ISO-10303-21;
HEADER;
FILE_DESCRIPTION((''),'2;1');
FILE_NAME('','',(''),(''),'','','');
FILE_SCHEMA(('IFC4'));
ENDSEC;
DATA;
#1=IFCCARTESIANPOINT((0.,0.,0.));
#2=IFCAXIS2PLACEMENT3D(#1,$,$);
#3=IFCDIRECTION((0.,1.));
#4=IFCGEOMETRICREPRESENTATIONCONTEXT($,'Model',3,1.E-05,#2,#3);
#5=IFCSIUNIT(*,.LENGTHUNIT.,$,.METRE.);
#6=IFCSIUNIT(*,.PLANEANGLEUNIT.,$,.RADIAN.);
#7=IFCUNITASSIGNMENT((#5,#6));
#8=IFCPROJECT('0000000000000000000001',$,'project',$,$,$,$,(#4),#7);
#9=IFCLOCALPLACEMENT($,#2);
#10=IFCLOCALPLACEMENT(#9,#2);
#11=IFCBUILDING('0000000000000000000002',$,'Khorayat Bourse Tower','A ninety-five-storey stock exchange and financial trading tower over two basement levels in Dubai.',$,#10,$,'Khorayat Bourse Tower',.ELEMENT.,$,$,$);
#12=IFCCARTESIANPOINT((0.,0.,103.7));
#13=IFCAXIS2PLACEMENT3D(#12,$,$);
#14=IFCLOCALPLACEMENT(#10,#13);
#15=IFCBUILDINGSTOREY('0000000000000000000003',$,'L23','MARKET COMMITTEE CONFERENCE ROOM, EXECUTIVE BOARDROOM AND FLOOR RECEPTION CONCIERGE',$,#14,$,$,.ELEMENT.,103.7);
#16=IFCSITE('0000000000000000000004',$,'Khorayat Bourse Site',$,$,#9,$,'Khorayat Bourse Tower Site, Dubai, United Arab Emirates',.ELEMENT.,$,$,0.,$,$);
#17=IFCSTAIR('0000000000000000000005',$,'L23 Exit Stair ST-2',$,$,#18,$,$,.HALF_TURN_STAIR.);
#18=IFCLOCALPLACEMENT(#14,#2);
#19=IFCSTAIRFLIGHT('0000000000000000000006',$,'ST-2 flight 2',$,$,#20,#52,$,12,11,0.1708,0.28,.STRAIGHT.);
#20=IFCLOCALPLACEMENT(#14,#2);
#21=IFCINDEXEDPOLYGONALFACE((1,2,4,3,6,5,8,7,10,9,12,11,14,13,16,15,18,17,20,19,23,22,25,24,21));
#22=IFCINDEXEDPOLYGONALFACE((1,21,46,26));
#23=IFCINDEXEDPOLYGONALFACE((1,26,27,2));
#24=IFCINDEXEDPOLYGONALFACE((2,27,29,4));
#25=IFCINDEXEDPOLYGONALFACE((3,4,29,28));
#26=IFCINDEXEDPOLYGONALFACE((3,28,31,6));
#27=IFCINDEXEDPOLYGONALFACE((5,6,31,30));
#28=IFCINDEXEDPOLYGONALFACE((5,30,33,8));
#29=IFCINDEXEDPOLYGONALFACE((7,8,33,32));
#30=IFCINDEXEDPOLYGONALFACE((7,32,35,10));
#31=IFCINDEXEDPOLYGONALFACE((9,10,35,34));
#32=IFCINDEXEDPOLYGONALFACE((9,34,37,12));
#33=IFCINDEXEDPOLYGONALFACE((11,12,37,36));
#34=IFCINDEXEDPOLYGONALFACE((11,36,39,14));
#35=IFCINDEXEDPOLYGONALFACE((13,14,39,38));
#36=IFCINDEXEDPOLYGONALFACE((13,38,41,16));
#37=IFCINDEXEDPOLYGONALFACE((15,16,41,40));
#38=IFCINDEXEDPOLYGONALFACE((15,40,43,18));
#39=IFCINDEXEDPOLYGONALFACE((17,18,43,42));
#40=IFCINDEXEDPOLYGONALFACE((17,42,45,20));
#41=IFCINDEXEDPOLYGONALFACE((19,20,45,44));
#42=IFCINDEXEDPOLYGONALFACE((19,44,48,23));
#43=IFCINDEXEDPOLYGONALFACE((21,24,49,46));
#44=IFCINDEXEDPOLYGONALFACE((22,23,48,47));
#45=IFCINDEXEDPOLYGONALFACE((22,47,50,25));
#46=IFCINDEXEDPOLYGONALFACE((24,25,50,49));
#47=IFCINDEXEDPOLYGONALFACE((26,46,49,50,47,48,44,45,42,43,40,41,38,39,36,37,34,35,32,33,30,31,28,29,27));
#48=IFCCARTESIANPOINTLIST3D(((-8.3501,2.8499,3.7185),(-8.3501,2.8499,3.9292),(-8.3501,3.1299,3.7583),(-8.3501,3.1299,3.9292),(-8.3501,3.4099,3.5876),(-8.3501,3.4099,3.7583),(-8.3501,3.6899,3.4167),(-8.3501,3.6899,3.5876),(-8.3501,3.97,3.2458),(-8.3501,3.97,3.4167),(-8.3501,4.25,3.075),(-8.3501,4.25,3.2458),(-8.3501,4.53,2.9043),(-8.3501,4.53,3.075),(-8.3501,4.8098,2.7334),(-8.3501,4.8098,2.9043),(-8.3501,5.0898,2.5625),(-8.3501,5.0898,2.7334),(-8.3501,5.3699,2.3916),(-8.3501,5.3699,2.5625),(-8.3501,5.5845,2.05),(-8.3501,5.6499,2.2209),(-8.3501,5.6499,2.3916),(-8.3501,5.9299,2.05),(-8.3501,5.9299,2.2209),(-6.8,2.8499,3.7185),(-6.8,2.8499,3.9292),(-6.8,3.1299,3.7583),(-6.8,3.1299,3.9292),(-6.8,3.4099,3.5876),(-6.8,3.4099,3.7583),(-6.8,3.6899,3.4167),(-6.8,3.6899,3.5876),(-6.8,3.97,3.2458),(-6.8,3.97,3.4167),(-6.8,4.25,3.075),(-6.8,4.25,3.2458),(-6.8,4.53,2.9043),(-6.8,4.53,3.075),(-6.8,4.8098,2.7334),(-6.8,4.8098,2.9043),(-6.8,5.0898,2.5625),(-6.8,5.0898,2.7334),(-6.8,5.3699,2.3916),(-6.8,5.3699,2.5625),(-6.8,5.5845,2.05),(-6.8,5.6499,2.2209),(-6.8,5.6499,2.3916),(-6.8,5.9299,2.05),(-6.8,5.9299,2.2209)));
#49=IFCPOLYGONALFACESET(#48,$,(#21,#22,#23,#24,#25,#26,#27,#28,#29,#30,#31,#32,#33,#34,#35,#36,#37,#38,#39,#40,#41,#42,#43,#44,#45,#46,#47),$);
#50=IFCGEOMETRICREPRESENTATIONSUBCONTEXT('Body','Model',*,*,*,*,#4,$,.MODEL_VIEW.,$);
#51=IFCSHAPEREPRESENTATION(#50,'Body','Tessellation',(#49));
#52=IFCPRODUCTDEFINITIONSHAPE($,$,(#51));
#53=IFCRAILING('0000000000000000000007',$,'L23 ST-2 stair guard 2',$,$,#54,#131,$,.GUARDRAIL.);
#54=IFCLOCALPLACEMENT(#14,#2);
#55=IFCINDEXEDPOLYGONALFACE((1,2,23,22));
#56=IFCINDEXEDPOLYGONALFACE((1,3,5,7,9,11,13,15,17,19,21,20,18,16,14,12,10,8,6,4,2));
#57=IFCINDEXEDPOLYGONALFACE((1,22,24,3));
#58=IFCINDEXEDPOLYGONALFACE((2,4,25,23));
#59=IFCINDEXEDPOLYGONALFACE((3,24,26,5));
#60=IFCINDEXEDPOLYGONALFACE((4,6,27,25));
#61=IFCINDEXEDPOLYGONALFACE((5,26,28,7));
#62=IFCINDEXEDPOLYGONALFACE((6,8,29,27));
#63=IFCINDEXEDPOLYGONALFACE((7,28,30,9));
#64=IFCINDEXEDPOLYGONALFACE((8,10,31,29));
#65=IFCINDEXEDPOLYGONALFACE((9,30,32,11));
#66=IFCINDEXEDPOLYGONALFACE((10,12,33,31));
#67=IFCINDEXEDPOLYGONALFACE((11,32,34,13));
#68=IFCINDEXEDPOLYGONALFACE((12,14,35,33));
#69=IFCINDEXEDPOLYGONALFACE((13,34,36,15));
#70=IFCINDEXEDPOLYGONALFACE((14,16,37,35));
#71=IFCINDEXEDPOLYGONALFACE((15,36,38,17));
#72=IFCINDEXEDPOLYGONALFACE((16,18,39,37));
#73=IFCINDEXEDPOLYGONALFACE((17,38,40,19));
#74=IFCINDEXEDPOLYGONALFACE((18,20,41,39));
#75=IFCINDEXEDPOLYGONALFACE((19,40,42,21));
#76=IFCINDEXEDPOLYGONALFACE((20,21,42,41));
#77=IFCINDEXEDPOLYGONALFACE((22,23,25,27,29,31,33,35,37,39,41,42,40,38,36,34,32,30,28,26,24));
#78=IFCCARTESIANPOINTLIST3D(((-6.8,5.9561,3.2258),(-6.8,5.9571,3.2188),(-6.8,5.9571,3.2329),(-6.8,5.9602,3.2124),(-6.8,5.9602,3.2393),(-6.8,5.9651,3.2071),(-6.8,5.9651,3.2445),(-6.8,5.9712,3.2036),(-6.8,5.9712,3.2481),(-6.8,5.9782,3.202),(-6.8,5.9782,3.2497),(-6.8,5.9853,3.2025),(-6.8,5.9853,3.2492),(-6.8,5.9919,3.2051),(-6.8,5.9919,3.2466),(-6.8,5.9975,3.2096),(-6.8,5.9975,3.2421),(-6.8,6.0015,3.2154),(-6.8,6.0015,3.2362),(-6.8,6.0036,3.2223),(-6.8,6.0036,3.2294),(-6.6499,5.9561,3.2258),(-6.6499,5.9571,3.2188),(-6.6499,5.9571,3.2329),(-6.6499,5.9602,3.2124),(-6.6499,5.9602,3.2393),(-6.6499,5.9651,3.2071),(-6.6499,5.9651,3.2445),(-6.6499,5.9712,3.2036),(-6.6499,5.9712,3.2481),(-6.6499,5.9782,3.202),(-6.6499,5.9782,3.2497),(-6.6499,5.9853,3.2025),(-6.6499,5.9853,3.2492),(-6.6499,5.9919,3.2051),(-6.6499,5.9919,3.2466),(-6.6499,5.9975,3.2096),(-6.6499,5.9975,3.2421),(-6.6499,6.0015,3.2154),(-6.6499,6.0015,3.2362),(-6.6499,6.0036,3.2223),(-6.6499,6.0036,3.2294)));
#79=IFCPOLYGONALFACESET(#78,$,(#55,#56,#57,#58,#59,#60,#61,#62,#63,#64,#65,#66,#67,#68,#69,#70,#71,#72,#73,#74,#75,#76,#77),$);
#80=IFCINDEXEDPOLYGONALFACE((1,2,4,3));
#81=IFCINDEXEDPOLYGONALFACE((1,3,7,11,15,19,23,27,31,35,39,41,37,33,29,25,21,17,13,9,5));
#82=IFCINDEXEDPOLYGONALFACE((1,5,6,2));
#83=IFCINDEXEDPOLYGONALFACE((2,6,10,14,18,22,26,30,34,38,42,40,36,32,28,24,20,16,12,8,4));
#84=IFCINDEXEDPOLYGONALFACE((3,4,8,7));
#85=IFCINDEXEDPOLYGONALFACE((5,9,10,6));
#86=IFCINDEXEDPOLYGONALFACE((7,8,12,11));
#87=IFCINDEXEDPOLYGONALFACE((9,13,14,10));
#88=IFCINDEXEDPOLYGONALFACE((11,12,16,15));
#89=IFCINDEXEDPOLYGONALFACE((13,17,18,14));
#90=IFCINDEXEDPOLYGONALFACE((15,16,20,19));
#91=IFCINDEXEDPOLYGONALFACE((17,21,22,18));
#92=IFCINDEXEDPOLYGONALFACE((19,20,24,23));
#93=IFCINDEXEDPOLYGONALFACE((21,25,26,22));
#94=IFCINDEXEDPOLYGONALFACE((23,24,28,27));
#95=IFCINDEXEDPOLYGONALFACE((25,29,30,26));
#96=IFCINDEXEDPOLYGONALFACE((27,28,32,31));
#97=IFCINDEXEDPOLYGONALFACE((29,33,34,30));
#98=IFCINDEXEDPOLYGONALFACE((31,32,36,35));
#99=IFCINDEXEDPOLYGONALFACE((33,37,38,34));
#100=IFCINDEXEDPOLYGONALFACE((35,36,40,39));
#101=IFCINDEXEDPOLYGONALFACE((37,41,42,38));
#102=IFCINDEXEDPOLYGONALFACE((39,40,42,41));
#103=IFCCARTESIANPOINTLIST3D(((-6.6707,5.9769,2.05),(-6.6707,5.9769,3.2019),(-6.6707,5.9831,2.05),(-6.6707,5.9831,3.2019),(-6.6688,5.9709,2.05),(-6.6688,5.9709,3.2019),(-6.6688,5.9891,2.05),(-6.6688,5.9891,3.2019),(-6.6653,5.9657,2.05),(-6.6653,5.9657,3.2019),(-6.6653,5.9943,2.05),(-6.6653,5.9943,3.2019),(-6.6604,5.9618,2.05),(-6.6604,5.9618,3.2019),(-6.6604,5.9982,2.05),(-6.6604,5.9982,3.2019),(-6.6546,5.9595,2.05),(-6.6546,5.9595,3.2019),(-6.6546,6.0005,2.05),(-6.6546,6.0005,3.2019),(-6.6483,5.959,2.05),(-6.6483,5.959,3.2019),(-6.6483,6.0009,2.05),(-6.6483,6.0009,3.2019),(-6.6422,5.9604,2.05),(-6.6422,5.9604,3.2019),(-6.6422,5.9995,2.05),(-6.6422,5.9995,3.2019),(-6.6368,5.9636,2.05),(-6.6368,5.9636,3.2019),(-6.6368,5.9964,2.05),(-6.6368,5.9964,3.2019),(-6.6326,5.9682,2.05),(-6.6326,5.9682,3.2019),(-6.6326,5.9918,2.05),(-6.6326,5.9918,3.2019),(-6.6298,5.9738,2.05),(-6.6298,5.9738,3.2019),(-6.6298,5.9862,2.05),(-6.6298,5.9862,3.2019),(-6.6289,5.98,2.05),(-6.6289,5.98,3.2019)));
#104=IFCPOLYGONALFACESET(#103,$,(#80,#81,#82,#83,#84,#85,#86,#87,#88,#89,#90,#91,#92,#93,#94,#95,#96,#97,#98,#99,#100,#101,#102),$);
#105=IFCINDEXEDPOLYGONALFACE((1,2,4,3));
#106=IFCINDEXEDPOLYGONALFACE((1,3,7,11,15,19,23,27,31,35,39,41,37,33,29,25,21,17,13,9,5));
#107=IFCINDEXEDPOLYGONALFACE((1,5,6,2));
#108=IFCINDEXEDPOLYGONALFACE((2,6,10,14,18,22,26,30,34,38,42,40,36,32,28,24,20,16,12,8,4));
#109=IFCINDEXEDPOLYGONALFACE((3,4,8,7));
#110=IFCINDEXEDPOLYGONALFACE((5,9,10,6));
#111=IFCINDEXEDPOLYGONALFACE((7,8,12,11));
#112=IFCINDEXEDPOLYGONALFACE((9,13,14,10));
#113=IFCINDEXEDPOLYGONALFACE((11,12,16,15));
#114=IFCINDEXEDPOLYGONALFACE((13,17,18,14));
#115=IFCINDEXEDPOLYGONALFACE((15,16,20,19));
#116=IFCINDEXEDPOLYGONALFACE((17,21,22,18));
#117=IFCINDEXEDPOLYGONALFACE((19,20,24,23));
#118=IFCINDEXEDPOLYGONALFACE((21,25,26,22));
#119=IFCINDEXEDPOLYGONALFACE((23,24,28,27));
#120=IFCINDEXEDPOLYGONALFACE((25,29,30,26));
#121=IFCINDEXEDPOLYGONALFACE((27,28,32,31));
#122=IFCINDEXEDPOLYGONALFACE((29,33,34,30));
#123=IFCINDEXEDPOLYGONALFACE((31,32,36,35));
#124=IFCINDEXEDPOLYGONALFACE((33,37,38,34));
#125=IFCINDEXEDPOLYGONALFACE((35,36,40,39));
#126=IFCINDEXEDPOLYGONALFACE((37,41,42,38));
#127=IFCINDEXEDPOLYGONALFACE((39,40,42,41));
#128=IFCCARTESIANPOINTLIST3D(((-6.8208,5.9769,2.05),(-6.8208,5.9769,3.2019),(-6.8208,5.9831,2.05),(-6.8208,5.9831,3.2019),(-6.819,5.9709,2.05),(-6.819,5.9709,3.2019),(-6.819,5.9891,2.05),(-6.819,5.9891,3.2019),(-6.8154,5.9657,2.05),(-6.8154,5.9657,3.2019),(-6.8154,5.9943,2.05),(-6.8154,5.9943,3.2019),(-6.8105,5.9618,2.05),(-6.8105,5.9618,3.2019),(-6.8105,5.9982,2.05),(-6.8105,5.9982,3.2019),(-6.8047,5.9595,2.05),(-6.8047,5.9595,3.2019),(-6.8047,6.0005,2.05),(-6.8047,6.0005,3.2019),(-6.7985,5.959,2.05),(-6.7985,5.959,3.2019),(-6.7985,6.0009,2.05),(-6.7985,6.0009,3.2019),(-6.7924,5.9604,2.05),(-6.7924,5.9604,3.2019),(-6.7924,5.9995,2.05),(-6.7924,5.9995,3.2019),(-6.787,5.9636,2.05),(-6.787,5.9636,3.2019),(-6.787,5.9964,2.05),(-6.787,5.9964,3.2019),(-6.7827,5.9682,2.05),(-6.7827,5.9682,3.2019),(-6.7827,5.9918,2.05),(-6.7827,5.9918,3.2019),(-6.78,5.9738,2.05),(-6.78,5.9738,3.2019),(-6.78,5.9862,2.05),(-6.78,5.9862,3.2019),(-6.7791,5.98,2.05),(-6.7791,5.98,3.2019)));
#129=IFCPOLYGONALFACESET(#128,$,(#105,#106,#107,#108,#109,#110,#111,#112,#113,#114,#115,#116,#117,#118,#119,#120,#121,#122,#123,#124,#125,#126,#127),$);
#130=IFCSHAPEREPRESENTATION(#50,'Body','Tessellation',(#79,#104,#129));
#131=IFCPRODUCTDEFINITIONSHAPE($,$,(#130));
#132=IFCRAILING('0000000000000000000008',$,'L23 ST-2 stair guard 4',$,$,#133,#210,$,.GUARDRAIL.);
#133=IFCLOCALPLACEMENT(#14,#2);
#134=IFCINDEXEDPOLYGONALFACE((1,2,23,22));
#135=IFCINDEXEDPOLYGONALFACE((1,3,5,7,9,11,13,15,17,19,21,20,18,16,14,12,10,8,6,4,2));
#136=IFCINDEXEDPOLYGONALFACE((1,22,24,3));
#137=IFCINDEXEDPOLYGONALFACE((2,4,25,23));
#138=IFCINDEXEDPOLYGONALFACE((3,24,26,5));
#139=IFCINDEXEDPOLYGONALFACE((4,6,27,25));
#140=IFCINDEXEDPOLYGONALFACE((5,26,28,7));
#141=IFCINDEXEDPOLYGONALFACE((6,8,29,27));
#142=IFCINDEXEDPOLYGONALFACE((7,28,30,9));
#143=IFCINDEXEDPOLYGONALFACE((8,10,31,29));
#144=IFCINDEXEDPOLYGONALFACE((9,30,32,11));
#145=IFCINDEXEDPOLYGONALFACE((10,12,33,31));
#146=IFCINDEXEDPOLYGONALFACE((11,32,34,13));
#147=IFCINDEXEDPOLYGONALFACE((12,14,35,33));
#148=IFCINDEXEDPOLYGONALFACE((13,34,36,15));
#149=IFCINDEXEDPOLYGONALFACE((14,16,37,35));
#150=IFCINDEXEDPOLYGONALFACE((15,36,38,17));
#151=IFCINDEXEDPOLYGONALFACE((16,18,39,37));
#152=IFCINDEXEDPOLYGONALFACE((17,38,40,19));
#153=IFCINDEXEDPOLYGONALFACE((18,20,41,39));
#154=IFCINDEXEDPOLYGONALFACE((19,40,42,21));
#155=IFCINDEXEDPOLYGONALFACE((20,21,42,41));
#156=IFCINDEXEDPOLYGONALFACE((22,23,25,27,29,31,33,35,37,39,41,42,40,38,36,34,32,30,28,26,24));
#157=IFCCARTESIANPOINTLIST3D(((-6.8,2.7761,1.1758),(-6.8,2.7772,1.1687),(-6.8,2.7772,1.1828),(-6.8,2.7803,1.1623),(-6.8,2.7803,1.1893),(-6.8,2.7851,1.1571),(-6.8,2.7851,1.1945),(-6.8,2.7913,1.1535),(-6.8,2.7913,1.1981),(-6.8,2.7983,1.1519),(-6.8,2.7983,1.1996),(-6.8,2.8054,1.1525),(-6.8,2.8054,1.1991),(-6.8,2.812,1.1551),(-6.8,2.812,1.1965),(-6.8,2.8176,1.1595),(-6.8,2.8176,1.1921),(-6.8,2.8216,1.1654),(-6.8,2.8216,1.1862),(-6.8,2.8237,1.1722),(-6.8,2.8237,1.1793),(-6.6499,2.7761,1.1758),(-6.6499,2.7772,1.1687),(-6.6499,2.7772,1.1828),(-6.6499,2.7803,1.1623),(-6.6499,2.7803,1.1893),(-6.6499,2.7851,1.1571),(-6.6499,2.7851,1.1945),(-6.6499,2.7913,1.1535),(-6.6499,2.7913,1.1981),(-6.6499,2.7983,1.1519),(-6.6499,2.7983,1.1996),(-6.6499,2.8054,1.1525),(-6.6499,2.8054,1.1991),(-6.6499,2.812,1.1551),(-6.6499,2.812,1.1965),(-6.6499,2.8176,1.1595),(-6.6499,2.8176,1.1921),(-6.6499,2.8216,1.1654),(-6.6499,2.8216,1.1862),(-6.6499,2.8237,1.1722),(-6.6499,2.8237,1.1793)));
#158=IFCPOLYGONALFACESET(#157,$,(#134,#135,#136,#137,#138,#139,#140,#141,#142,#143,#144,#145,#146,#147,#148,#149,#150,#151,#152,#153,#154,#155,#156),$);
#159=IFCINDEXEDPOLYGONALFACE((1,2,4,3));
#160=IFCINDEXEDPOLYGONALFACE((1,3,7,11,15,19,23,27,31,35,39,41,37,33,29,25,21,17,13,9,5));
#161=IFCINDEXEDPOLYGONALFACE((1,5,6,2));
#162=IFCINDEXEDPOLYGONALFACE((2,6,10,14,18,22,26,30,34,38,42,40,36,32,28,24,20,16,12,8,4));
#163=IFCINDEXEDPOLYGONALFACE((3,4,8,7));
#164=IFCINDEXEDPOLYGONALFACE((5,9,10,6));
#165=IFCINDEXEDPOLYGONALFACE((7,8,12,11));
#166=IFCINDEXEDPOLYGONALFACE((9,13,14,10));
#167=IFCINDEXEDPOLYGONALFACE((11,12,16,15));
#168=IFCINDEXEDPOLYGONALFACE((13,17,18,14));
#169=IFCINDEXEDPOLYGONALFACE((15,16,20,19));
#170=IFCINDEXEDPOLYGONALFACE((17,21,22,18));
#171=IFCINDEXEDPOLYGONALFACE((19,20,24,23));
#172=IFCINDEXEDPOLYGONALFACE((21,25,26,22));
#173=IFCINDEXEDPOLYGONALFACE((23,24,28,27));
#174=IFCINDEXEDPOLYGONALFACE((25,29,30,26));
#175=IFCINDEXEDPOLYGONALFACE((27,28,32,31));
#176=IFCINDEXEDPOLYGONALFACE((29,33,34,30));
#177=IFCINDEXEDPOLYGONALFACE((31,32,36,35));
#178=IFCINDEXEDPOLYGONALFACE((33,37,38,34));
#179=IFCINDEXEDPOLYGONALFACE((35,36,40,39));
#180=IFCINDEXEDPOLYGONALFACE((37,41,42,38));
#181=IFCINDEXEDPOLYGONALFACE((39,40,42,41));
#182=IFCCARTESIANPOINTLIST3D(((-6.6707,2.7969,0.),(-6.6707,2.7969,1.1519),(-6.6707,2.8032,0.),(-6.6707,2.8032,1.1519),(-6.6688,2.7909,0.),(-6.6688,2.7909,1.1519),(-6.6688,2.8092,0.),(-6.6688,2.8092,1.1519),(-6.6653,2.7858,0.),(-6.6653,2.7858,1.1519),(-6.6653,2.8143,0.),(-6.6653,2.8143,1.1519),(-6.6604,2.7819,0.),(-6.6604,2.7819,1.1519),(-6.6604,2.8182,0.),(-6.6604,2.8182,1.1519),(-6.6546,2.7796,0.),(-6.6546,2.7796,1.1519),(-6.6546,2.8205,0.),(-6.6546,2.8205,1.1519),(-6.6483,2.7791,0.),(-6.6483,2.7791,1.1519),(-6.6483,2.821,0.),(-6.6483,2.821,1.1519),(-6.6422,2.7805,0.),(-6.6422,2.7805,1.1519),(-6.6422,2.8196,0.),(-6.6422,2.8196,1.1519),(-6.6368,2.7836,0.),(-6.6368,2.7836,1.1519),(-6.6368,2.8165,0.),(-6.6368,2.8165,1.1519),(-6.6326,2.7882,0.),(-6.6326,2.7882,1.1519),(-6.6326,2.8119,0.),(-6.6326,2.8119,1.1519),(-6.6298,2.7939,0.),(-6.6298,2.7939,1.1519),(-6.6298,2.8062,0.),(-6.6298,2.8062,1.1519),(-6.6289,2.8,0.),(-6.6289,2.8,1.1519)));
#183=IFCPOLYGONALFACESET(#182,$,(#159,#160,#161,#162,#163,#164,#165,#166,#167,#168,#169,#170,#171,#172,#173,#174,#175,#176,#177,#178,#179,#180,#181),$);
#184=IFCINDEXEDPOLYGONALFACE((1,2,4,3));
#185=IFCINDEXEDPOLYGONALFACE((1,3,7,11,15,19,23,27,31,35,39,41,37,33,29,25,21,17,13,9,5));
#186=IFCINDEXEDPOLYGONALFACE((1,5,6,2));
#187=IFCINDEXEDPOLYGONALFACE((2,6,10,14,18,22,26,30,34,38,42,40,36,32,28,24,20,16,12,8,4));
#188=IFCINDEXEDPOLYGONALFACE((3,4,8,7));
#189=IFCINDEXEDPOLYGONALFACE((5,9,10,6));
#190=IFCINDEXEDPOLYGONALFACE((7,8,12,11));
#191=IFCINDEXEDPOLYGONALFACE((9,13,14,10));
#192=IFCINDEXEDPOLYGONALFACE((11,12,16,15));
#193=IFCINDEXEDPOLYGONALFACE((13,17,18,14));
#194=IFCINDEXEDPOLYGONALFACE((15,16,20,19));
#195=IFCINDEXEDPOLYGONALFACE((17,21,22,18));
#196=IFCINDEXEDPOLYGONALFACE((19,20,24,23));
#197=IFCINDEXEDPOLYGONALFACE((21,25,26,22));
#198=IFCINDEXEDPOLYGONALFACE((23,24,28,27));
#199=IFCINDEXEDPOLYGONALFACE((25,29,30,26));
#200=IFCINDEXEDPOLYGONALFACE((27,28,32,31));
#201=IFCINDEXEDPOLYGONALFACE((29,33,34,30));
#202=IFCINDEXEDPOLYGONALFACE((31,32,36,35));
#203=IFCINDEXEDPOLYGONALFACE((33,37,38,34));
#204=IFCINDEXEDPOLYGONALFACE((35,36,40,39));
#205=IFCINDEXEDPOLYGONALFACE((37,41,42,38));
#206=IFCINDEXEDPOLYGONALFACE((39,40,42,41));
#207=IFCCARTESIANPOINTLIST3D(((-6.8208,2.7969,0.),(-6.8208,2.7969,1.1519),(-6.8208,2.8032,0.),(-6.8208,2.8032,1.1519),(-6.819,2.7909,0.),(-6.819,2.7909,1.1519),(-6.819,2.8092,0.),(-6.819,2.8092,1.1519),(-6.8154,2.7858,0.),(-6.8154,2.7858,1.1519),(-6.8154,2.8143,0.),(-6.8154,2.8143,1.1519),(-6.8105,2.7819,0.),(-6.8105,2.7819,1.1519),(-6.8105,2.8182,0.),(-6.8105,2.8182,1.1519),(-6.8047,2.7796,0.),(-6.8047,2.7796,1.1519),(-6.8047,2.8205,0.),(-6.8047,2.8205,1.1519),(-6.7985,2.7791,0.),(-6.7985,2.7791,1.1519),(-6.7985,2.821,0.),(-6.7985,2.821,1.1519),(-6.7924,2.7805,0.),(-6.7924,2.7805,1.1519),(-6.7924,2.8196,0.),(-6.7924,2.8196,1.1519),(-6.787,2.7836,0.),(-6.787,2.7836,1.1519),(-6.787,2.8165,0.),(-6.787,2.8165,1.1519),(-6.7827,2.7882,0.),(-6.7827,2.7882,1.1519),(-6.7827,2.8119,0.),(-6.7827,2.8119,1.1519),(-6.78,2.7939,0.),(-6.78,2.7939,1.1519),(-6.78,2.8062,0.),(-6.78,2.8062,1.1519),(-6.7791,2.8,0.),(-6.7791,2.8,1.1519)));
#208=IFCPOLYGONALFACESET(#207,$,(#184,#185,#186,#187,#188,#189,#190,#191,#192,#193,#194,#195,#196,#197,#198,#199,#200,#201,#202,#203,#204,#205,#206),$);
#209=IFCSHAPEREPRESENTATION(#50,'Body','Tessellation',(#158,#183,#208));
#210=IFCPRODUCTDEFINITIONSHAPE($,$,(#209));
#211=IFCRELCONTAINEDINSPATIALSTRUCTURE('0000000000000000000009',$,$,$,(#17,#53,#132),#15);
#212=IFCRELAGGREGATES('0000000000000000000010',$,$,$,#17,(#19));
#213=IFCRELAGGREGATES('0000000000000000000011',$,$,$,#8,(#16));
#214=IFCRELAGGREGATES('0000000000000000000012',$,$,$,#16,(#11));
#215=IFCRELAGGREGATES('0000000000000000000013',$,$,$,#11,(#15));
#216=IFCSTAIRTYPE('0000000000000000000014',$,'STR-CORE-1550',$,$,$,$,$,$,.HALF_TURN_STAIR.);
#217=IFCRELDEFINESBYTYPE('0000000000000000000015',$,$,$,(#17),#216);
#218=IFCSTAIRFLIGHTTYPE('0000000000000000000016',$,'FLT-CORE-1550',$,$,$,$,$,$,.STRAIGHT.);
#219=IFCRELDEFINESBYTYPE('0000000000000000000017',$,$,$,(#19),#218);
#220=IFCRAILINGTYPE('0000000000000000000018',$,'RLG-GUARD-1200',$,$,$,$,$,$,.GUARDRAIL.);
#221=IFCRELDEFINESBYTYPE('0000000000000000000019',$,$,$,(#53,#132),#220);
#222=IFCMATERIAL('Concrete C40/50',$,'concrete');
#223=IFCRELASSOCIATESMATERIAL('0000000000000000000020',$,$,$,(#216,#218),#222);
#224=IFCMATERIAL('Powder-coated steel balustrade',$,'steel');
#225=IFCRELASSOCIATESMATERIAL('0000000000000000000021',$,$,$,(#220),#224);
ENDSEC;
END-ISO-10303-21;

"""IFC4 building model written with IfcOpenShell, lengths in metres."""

from ifc_helpers import new_model, si_unit, direction, frame, origin, origin_2d, place, context, subcontext, project, spatial, polyline, circle, outline, extrude, source, transform, mapped, material, type_object, element, aggregate, save


model = new_model("IFC4")

# Units and contexts
model_context = context("Model", 3, precision=1e-05, world=origin(), true_north=direction((0.0, 1.0)))
body_context = subcontext(model_context, "Body", "Model", "MODEL_VIEW")
ifc_project = project(units=[si_unit("LENGTHUNIT", "METRE"), si_unit("PLANEANGLEUNIT", "RADIAN")], contexts=[model_context])

# Site, building, storey
site_placement = place(None, origin())
site = spatial("IfcSite", under=ifc_project, at=site_placement, Name="Khorayat Bourse Site", LongName="Khorayat Bourse Tower Site, Dubai, United Arab Emirates", CompositionType="ELEMENT", RefElevation=0.0)
building_placement = place(site_placement, origin())
building = spatial("IfcBuilding", under=site, at=building_placement, Name="Khorayat Bourse Tower", Description="A ninety-five-storey stock exchange and financial trading tower over two basement levels in Dubai.", LongName="Khorayat Bourse Tower", CompositionType="ELEMENT")
storey_placement = place(building_placement, frame((0.0, 0.0, 103.7)))
storey = spatial("IfcBuildingStorey", under=building, at=storey_placement, Name="L23", Description="MARKET COMMITTEE CONFERENCE ROOM, EXECUTIVE BOARDROOM AND FLOOR RECEPTION CONCIERGE", CompositionType="ELEMENT", Elevation=103.7)

# Stair, stair flight
ifc_material_1 = material(Name="Concrete C40/50", Category="concrete")
stair_type = type_object("IfcStairType", Name="STR-CORE-1550", PredefinedType="HALF_TURN_STAIR", material=ifc_material_1)
stair_placement = place(storey_placement, origin())
stair = element("IfcStair", 1, at=stair_placement, inside=storey, type_object=stair_type, Name="L23 Exit Stair ST-2", PredefinedType="HALF_TURN_STAIR")
stair_flight_type = type_object("IfcStairFlightType", Name="FLT-CORE-1550", PredefinedType="STRAIGHT", material=ifc_material_1)
shared_shape_1 = source(origin(), body_context, "Body", "SweptSolid", [
    extrude(outline(polyline([(0.0, 0.0), (0.0, 0.1709), (0.28, 0.1709), (0.28, 0.3416), (0.5601, 0.3416), (0.5601, 0.5125), (0.8401, 0.5125), (0.8401, 0.6833), (1.1201, 0.6833), (1.1201, 0.8542), (1.3999, 0.8542), (1.3999, 1.0249), (1.6799, 1.0249), (1.6799, 1.1958), (1.96, 1.1958), (1.96, 1.3667), (2.24, 1.3667), (2.24, 1.5376), (2.52, 1.5376), (2.52, 1.7083), (2.8, 1.7083), (2.8, 1.8792), (3.0801, 1.8792), (3.0801, 2.05), (3.0801, 1.6685), (0.3455, 0.0), (0.0, 0.0)])), frame((0.0, 0.7749, 0.0), z_axis=(0.0, -1.0, 0.0), x_axis=(1.0, 0.0, 0.0)), (0.0, 0.0, 1.0), 1.55),
])
stair_flight_1_placement = place(storey_placement, frame((-7.575, 5.9299, 2.05), z_axis=(0.0, 0.0, 1.0), x_axis=(0.0, -1.0, 0.0)))
stair_flight_1 = element("IfcStairFlight", 2, at=stair_flight_1_placement, type_object=stair_flight_type, Name="ST-2 flight 2", NumberOfRisers=12, NumberOfTreads=11, PredefinedType="STRAIGHT", RiserHeight=0.1708, TreadLength=0.28, context=body_context, shape_type="MappedRepresentation", body=[
    mapped(shared_shape_1, transform((0.0, 0.0, 0.0), scale=1.0)),
])
aggregate(stair, [stair_flight_1])

# Railings
ifc_material_2 = material(Name="Powder-coated steel balustrade", Category="steel")
railing_type_1 = type_object("IfcRailingType", Name="RLG-GUARD-1200", PredefinedType="GUARDRAIL", material=ifc_material_2)
shared_shape_2 = source(origin(), body_context, "Body", "SweptSolid", [
    extrude(circle(Radius=0.0239, at=origin_2d()), frame((0.0, 0.0, 1.1758), z_axis=(-1.0, 0.0, 0.0), x_axis=(0.0, -1.0, 0.0)), (0.0, 0.0, 1.0), 0.1501),
    extrude(circle(Radius=0.021, at=origin_2d()), origin(), (0.0, 0.0, 1.0), 1.1519),
    extrude(circle(Radius=0.021, at=origin_2d()), frame((-0.1501, 0.0, 0.0)), (0.0, 0.0, 1.0), 1.1519),
])
for number, where, name in (
    (3, (-6.6499, 5.98, 2.05), "L23 ST-2 stair guard 2"),
    (4, (-6.6499, 2.8, 0.0), "L23 ST-2 stair guard 4"),
):
    element("IfcRailing", number, at=place(storey_placement, frame(where)), inside=storey, type_object=railing_type_1, Name=name, PredefinedType="GUARDRAIL", context=body_context, shape_type="MappedRepresentation", body=[
        mapped(shared_shape_2, transform((0.0, 0.0, 0.0), scale=1.0)),
    ])

save(model, "model.ifc")
